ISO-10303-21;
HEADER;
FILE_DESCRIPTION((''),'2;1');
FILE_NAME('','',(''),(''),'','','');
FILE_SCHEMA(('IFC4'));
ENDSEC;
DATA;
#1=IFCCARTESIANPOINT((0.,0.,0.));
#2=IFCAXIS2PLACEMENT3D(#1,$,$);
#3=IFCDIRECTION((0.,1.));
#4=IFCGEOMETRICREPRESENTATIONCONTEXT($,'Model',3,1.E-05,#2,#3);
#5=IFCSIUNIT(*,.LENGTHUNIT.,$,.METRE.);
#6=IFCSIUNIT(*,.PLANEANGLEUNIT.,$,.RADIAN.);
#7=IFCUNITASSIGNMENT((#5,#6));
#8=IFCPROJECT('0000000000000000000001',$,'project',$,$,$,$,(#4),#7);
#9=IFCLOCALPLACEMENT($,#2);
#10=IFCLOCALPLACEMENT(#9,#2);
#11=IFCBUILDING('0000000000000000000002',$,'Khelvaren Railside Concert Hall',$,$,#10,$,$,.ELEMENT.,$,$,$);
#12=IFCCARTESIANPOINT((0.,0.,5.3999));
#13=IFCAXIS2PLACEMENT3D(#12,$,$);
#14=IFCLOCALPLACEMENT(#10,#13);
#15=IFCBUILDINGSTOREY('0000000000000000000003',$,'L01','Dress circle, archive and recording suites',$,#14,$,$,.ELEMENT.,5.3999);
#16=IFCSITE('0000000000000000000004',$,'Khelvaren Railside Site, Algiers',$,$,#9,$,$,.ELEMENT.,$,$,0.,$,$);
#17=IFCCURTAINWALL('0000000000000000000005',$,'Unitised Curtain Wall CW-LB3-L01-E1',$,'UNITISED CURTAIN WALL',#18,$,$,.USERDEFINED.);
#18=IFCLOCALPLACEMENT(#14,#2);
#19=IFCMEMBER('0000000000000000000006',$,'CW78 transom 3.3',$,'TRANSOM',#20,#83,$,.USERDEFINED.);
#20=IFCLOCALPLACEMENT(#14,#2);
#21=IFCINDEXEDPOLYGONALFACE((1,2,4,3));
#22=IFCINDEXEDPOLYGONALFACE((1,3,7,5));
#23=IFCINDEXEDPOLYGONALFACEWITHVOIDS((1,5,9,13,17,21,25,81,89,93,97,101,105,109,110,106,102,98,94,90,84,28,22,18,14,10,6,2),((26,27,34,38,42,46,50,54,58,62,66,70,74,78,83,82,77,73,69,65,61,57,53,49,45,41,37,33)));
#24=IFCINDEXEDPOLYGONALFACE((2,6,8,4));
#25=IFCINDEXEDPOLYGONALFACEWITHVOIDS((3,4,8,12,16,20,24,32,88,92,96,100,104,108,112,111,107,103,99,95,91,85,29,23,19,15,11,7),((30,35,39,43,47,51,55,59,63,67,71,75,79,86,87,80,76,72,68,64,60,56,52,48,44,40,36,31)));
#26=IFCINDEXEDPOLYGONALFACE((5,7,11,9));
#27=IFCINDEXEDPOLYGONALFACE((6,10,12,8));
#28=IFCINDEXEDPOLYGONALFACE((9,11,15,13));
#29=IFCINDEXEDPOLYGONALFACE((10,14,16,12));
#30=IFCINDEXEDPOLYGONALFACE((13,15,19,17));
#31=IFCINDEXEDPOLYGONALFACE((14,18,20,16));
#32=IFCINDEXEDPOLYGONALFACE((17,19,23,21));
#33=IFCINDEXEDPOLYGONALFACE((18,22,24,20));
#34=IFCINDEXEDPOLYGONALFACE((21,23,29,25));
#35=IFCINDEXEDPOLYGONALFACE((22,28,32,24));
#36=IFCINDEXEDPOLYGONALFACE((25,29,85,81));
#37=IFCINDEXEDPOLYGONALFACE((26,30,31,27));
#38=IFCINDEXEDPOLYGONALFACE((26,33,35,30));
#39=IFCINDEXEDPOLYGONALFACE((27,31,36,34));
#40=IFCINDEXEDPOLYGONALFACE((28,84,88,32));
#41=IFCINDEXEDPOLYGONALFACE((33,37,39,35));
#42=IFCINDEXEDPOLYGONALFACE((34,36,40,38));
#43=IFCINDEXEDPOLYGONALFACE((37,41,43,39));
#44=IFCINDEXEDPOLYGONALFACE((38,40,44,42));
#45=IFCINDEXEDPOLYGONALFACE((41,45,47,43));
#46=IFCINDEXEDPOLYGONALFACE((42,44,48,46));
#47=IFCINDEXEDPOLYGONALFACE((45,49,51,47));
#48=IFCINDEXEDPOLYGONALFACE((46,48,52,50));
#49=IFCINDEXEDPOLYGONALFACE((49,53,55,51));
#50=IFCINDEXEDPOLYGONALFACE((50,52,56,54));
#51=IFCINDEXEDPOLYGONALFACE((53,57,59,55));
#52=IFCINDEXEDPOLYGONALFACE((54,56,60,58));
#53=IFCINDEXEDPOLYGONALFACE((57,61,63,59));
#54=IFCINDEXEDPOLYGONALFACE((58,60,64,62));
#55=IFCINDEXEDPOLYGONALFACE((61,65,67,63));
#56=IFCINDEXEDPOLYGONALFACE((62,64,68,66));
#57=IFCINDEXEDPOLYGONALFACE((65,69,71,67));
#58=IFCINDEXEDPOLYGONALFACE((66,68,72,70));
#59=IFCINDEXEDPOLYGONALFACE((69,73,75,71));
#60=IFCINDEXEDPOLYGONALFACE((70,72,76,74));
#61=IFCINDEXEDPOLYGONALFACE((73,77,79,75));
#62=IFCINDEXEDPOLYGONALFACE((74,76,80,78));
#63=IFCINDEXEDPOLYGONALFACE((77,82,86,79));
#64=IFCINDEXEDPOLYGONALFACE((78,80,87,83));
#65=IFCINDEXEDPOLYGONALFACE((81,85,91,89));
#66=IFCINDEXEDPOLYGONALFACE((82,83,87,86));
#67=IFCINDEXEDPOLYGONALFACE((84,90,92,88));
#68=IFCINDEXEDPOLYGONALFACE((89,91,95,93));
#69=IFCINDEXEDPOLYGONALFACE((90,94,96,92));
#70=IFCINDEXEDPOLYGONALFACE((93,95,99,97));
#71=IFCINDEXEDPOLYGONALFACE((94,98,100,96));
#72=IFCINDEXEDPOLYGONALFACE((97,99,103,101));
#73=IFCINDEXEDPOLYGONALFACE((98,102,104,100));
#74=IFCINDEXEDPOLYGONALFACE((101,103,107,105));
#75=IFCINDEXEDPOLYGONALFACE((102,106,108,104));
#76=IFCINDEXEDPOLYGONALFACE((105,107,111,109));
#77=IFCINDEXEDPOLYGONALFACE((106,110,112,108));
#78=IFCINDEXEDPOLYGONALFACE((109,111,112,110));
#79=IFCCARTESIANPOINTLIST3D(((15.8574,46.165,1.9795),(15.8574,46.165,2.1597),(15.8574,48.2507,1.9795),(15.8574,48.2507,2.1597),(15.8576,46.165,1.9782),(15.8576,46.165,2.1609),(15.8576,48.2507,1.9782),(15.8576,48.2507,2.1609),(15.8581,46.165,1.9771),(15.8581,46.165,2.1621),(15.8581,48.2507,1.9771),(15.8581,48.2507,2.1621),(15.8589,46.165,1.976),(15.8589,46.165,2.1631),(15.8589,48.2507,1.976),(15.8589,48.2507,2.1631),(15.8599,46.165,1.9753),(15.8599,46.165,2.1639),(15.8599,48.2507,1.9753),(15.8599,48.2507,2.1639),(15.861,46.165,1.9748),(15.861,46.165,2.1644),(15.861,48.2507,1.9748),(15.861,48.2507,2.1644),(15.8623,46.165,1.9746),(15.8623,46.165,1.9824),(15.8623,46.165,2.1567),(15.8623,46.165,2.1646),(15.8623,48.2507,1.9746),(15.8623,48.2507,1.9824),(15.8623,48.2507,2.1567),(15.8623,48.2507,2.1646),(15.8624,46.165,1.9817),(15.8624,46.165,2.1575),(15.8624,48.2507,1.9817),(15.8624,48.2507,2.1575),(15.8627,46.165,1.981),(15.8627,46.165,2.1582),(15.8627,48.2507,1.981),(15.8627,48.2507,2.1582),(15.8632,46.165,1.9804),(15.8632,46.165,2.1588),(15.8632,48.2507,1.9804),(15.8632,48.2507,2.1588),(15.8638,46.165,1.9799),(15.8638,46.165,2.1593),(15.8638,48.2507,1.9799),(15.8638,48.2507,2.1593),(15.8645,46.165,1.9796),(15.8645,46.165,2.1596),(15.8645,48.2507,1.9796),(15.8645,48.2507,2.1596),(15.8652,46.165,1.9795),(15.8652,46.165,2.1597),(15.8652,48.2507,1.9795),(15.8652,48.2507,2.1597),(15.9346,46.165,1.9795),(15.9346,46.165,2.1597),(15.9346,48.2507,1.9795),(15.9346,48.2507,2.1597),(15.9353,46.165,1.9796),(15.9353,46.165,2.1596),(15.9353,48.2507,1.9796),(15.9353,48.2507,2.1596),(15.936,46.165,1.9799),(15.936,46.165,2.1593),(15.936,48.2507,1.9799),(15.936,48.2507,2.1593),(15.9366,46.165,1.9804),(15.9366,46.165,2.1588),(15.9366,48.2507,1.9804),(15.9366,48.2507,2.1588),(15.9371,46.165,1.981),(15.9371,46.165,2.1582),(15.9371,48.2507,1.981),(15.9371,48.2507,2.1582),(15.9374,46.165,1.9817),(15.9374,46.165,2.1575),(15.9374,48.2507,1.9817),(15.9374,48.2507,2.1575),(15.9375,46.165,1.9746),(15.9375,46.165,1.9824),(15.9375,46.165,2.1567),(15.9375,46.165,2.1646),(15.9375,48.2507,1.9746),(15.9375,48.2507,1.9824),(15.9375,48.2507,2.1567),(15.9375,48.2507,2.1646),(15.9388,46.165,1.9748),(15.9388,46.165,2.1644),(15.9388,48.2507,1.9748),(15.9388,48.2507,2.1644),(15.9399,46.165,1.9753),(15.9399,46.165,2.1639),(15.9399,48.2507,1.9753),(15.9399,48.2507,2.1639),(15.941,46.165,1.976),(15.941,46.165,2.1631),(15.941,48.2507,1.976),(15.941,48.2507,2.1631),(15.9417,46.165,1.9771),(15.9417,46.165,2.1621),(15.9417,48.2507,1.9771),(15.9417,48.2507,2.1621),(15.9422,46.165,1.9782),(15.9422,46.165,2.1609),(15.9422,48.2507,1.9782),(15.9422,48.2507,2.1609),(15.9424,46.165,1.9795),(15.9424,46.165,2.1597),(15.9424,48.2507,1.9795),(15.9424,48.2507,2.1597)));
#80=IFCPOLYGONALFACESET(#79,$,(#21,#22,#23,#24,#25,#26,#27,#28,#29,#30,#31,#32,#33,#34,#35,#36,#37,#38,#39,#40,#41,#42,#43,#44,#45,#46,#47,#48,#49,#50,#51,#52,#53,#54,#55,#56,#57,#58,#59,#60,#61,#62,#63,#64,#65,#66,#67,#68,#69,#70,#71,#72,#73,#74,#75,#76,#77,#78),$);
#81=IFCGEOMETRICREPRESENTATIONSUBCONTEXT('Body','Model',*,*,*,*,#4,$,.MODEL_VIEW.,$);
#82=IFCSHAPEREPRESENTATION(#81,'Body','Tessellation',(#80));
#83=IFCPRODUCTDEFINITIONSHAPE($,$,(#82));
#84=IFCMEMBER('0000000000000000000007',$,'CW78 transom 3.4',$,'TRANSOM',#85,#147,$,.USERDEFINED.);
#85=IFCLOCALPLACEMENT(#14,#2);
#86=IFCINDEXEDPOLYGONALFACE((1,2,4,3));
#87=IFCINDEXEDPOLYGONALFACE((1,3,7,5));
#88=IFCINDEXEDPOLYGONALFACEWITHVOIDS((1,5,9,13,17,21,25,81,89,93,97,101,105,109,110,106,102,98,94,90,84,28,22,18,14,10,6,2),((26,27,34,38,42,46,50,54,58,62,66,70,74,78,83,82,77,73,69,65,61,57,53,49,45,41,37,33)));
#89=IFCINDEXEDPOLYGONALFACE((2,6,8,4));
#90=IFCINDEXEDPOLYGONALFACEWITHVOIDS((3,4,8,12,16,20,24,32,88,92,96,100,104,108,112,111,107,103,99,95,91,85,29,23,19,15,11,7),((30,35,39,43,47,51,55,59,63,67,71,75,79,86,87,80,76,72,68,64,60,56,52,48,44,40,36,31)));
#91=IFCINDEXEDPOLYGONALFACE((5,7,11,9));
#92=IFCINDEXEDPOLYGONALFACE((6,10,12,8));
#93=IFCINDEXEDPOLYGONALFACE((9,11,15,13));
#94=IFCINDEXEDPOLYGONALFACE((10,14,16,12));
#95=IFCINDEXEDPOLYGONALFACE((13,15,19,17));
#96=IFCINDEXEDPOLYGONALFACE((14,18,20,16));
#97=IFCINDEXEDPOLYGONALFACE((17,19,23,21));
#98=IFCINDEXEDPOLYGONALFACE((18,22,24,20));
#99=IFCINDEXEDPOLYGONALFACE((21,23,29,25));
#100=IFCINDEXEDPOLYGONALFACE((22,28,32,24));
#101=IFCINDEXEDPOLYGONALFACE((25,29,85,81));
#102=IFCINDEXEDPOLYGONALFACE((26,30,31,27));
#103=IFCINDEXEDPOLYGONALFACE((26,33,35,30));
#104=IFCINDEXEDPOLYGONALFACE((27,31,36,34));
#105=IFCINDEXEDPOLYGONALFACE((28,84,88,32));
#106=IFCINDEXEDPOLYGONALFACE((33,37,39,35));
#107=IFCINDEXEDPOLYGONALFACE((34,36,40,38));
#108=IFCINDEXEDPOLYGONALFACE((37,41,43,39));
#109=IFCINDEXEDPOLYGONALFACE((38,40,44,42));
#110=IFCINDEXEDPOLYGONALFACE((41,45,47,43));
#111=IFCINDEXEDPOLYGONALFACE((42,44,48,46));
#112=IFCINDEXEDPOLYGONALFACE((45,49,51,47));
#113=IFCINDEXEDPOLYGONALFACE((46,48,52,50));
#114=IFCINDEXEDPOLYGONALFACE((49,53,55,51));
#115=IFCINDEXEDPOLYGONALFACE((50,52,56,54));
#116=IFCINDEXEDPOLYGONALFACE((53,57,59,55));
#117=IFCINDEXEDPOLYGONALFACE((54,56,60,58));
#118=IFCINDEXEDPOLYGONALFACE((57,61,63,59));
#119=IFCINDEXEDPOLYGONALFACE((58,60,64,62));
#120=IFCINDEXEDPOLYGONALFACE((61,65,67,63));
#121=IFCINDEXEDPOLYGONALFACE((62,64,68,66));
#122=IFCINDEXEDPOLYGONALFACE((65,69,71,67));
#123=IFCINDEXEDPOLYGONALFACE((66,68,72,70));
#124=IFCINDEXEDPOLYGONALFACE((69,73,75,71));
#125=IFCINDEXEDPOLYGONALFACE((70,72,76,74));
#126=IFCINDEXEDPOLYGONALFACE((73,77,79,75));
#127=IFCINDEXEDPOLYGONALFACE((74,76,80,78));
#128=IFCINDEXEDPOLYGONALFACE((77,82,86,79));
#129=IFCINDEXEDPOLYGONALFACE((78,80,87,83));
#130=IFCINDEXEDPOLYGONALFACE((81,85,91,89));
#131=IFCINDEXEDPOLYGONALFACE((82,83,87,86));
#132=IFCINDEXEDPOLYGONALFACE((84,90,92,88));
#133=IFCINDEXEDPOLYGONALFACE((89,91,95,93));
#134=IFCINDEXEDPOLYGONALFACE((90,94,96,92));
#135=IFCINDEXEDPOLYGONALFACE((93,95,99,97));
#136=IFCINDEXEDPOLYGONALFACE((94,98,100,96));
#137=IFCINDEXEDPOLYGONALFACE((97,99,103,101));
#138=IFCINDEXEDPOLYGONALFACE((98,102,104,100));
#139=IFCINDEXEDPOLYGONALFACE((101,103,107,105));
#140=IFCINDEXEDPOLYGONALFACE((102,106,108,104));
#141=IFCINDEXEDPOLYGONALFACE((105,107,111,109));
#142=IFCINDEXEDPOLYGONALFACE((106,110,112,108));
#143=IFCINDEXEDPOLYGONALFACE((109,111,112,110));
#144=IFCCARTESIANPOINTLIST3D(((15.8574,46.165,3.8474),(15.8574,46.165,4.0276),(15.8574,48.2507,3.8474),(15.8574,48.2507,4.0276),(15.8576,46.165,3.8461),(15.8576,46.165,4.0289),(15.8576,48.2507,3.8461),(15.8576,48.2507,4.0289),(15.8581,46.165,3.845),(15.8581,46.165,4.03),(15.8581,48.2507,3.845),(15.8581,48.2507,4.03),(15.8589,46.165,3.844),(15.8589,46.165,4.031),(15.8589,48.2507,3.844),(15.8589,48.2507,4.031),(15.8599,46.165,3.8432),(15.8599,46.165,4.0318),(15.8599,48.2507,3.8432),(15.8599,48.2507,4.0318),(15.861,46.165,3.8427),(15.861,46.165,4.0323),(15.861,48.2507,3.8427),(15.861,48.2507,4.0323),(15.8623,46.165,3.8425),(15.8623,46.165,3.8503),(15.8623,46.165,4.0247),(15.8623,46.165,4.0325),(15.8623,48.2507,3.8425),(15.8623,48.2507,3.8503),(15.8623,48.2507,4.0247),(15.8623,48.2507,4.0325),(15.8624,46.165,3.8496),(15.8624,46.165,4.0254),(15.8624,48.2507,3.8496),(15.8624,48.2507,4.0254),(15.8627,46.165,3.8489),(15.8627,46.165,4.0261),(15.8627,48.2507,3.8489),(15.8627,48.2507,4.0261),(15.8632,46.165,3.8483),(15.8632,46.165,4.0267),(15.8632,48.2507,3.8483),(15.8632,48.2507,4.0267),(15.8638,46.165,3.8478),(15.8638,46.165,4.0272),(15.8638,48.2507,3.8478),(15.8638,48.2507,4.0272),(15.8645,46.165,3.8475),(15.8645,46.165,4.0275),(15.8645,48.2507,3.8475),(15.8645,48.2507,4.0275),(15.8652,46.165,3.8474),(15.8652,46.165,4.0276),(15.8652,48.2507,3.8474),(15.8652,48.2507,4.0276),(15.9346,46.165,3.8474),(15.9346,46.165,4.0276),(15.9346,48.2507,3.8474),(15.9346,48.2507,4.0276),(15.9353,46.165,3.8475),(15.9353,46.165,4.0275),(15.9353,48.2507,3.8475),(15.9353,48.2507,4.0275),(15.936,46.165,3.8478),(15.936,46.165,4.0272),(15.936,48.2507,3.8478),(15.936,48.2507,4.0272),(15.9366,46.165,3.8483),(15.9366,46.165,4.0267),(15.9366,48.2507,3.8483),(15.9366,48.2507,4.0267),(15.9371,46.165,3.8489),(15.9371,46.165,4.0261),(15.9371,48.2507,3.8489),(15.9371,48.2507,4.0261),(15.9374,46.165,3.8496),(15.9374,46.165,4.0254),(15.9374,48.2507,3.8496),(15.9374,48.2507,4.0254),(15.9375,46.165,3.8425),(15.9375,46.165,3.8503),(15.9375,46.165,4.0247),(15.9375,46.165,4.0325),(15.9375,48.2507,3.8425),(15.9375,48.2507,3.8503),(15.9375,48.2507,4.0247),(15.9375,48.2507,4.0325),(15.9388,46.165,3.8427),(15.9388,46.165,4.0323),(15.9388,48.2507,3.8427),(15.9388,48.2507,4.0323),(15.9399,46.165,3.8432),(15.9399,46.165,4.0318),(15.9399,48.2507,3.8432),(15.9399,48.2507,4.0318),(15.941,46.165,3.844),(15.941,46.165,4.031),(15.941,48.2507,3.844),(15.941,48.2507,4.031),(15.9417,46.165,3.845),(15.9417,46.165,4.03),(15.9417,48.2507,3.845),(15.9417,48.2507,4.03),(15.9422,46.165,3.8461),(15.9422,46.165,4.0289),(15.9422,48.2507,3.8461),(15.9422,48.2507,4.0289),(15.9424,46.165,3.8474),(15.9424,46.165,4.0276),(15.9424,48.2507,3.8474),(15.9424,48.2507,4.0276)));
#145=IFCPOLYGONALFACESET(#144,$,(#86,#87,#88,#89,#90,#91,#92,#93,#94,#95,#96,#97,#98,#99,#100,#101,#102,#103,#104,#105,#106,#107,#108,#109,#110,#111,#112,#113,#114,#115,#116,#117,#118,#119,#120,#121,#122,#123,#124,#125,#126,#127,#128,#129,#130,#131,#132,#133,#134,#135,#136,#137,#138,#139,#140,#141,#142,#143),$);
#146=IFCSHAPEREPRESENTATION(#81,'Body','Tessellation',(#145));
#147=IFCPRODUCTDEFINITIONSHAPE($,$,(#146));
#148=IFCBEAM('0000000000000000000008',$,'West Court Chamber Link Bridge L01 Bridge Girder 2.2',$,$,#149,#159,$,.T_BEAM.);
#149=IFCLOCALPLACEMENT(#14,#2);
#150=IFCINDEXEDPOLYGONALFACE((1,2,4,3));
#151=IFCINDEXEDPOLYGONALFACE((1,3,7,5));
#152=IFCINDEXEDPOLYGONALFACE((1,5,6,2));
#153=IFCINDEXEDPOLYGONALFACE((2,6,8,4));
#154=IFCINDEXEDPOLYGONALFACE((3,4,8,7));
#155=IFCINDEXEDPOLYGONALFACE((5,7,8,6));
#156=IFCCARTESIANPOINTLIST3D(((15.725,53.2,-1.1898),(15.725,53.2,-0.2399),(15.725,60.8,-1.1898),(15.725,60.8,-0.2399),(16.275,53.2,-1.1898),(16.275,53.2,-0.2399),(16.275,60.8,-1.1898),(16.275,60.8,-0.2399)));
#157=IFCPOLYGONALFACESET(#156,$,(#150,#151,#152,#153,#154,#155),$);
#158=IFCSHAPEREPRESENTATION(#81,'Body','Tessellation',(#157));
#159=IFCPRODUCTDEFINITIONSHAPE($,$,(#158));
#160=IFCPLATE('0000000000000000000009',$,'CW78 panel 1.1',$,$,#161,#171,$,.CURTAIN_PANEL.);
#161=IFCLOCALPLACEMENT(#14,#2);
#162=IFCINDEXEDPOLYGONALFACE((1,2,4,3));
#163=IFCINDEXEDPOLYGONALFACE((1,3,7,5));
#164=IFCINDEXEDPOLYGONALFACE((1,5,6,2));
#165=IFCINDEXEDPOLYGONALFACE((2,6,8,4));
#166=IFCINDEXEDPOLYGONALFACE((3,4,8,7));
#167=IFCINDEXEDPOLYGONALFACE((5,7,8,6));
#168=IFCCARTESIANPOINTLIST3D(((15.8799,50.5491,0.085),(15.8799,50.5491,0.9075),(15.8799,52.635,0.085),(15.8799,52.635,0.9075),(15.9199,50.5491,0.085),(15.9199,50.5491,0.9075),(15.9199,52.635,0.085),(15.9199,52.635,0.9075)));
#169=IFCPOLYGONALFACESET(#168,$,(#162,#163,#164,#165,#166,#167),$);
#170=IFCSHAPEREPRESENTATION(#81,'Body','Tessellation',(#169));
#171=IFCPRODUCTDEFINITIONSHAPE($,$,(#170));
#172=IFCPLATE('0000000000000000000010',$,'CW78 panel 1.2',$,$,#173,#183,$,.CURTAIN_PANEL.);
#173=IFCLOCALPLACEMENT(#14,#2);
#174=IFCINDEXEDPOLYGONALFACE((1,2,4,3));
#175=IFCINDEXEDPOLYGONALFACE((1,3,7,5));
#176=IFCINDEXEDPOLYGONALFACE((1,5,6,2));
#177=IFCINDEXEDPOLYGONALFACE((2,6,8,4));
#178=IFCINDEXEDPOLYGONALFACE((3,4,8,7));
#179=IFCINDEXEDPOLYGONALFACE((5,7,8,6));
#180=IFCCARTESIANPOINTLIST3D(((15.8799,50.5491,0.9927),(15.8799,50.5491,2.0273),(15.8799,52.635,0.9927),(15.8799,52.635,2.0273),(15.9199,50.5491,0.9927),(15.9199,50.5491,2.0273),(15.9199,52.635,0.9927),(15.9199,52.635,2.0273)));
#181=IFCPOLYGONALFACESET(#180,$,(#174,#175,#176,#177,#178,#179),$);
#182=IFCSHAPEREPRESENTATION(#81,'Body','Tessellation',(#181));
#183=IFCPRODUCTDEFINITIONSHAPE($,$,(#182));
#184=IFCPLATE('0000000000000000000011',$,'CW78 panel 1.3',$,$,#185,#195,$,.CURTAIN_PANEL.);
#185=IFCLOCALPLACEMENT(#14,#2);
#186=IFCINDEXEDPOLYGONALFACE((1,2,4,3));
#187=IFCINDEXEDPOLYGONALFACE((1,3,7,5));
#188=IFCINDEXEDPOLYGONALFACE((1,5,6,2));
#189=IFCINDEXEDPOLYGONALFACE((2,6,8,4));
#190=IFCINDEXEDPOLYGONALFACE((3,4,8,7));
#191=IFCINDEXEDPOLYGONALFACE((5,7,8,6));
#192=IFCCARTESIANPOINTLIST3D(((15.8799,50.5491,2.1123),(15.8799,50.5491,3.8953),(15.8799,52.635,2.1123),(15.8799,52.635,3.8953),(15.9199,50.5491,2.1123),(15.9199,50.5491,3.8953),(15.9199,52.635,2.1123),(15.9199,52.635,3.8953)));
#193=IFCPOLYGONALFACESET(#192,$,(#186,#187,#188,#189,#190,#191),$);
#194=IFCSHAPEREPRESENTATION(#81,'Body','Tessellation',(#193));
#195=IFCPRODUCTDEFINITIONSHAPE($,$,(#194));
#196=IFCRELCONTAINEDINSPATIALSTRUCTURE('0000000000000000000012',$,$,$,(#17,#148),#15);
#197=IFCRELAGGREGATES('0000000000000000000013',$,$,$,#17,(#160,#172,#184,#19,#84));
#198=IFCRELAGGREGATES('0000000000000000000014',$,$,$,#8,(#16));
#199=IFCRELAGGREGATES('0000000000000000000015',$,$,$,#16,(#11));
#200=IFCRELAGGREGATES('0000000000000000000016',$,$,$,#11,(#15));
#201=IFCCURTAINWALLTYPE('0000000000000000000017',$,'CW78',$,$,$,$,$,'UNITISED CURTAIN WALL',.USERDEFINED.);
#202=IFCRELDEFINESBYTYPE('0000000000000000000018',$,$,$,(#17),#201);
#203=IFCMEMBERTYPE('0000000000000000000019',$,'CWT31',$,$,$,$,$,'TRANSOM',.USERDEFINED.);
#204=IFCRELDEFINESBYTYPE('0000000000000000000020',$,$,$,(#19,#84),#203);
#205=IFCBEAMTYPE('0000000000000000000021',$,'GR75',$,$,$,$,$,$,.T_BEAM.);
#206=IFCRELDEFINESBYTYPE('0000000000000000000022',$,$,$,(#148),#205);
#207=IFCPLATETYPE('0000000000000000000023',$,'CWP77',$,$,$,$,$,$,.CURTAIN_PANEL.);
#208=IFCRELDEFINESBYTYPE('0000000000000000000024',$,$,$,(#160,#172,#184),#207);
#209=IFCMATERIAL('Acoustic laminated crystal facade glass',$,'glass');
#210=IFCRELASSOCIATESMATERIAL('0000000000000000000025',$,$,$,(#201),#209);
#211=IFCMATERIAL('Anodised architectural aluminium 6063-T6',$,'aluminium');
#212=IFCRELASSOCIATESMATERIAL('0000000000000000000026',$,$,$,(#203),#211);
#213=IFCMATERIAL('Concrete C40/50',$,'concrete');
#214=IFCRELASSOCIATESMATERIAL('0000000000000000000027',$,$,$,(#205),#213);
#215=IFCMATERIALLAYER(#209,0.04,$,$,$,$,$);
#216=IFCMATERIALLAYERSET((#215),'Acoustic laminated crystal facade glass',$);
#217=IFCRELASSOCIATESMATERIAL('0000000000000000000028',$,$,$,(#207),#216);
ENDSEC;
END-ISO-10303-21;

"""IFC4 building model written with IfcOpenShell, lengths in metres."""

from ifc_helpers import new_model, si_unit, direction, frame, origin, origin_2d, place, context, subcontext, project, spatial, rectangle, hollow_rectangle, extrude, material, layer, layer_set, material_profile, profile_set, type_object, element, aggregate, save


model = new_model("IFC4")

# Units and contexts
model_context = context("Model", 3, precision=1e-05, world=origin(), true_north=direction((0.0, 1.0)))
body_context = subcontext(model_context, "Body", "Model", "MODEL_VIEW")
ifc_project = project(units=[si_unit("LENGTHUNIT", "METRE"), si_unit("PLANEANGLEUNIT", "RADIAN")], contexts=[model_context])

# Site, building, storey
site_placement = place(None, origin())
site = spatial("IfcSite", under=ifc_project, at=site_placement, Name="Khelvaren Railside Site, Algiers", CompositionType="ELEMENT", RefElevation=0.0)
building_placement = place(site_placement, origin())
building = spatial("IfcBuilding", under=site, at=building_placement, Name="Khelvaren Railside Concert Hall", CompositionType="ELEMENT")
storey_placement = place(building_placement, frame((0.0, 0.0, 5.3999)))
storey = spatial("IfcBuildingStorey", under=building, at=storey_placement, Name="L01", Description="Dress circle, archive and recording suites", CompositionType="ELEMENT", Elevation=5.3999)

# Curtain wall
ifc_material_1 = material(Name="Acoustic laminated crystal facade glass", Category="glass")
curtain_wall_type = type_object("IfcCurtainWallType", Name="CW78", ElementType="UNITISED CURTAIN WALL", PredefinedType="USERDEFINED", material=ifc_material_1)
curtain_wall_1_placement = place(storey_placement, origin())
curtain_wall_1 = element("IfcCurtainWall", 1, at=curtain_wall_1_placement, inside=storey, type_object=curtain_wall_type, Name="Unitised Curtain Wall CW-LB3-L01-E1", ObjectType="UNITISED CURTAIN WALL", PredefinedType="USERDEFINED")
ifc_material_2 = material(Name="Anodised architectural aluminium 6063-T6", Category="aluminium")

# Members
ifc_material_profile_1 = material_profile(ifc_material_2, hollow_rectangle(XDim=0.085, YDim=0.1899, WallThickness=0.0049, InnerFilletRadius=0.0029, OuterFilletRadius=0.0049, at=origin_2d()), Name="CWT 85x190x5")
ifc_profile_set_1 = profile_set([ifc_material_profile_1], Name="Anodised architectural aluminium 6063-T6")
member_type_1 = type_object("IfcMemberType", Name="CWT31", ElementType="TRANSOM", PredefinedType="USERDEFINED", material=ifc_profile_set_1)
member_1_placement = place(storey_placement, frame((15.8999, 48.2507, 2.0696), z_axis=(0.0, -1.0, 0.0), x_axis=(1.0, 0.0, 0.0)))
member_1 = element("IfcMember", 2, at=member_1_placement, type_object=member_type_1, Name="CW78 transom 3.3", ObjectType="TRANSOM", PredefinedType="USERDEFINED", context=body_context, shape_type="SweptSolid", body=[
    extrude(hollow_rectangle(XDim=0.085, YDim=0.1899, WallThickness=0.0049, InnerFilletRadius=0.0029, OuterFilletRadius=0.0049, at=origin_2d()), origin(), (0.0, 0.0, 1.0), 2.0857),
])
member_2_placement = place(storey_placement, frame((15.8999, 48.2507, 3.9375), z_axis=(0.0, -1.0, 0.0), x_axis=(1.0, 0.0, 0.0)))
member_2 = element("IfcMember", 3, at=member_2_placement, type_object=member_type_1, Name="CW78 transom 3.4", ObjectType="TRANSOM", PredefinedType="USERDEFINED", context=body_context, shape_type="SweptSolid", body=[
    extrude(hollow_rectangle(XDim=0.085, YDim=0.1899, WallThickness=0.0049, InnerFilletRadius=0.0029, OuterFilletRadius=0.0049, at=origin_2d()), origin(), (0.0, 0.0, 1.0), 2.0857),
])

# Beam
ifc_material_3 = material(Name="Concrete C40/50", Category="concrete")
ifc_material_profile_2 = material_profile(ifc_material_3, rectangle(XDim=0.55, YDim=0.95, at=origin_2d()), Name="RCB 550x950")
ifc_profile_set_2 = profile_set([ifc_material_profile_2], Name="Concrete C40/50")
beam_type = type_object("IfcBeamType", Name="GR75", PredefinedType="T_BEAM", material=ifc_profile_set_2)
beam_placement = place(storey_placement, frame((16.0, 53.2, -0.7148), z_axis=(0.0, 1.0, 0.0), x_axis=(-1.0, 0.0, 0.0)))
element("IfcBeam", 4, at=beam_placement, inside=storey, type_object=beam_type, Name="West Court Chamber Link Bridge L01 Bridge Girder 2.2", PredefinedType="T_BEAM", context=body_context, shape_type="SweptSolid", body=[
    extrude(rectangle(XDim=0.55, YDim=0.95, at=origin_2d()), origin(), (0.0, 0.0, 1.0), 7.6001),
])

# Plates
ifc_layer = layer(ifc_material_1, 0.04)
ifc_layer_set = layer_set([ifc_layer], Name="Acoustic laminated crystal facade glass")
plate_type = type_object("IfcPlateType", Name="CWP77", PredefinedType="CURTAIN_PANEL", material=ifc_layer_set)
plate_1_placement = place(storey_placement, frame((15.8999, 51.592, 0.085), z_axis=(0.0, 0.0, 1.0), x_axis=(0.0, -1.0, 0.0)))
plate_1 = element("IfcPlate", 5, at=plate_1_placement, type_object=plate_type, Name="CW78 panel 1.1", PredefinedType="CURTAIN_PANEL", context=body_context, shape_type="SweptSolid", body=[
    extrude(rectangle(XDim=2.0859, YDim=0.04, at=origin_2d()), origin(), (0.0, 0.0, 1.0), 0.8225),
])
plate_2_placement = place(storey_placement, frame((15.8999, 51.592, 0.9927), z_axis=(0.0, 0.0, 1.0), x_axis=(0.0, -1.0, 0.0)))
plate_2 = element("IfcPlate", 6, at=plate_2_placement, type_object=plate_type, Name="CW78 panel 1.2", PredefinedType="CURTAIN_PANEL", context=body_context, shape_type="SweptSolid", body=[
    extrude(rectangle(XDim=2.0859, YDim=0.04, at=origin_2d()), origin(), (0.0, 0.0, 1.0), 1.0347),
])
plate_3_placement = place(storey_placement, frame((15.8999, 51.592, 2.1123), z_axis=(0.0, 0.0, 1.0), x_axis=(0.0, -1.0, 0.0)))
plate_3 = element("IfcPlate", 7, at=plate_3_placement, type_object=plate_type, Name="CW78 panel 1.3", PredefinedType="CURTAIN_PANEL", context=body_context, shape_type="SweptSolid", body=[
    extrude(rectangle(XDim=2.0859, YDim=0.04, at=origin_2d()), origin(), (0.0, 0.0, 1.0), 1.783),
])
aggregate(curtain_wall_1, [plate_1, plate_2, plate_3, member_1, member_2])

save(model, "model.ifc")
